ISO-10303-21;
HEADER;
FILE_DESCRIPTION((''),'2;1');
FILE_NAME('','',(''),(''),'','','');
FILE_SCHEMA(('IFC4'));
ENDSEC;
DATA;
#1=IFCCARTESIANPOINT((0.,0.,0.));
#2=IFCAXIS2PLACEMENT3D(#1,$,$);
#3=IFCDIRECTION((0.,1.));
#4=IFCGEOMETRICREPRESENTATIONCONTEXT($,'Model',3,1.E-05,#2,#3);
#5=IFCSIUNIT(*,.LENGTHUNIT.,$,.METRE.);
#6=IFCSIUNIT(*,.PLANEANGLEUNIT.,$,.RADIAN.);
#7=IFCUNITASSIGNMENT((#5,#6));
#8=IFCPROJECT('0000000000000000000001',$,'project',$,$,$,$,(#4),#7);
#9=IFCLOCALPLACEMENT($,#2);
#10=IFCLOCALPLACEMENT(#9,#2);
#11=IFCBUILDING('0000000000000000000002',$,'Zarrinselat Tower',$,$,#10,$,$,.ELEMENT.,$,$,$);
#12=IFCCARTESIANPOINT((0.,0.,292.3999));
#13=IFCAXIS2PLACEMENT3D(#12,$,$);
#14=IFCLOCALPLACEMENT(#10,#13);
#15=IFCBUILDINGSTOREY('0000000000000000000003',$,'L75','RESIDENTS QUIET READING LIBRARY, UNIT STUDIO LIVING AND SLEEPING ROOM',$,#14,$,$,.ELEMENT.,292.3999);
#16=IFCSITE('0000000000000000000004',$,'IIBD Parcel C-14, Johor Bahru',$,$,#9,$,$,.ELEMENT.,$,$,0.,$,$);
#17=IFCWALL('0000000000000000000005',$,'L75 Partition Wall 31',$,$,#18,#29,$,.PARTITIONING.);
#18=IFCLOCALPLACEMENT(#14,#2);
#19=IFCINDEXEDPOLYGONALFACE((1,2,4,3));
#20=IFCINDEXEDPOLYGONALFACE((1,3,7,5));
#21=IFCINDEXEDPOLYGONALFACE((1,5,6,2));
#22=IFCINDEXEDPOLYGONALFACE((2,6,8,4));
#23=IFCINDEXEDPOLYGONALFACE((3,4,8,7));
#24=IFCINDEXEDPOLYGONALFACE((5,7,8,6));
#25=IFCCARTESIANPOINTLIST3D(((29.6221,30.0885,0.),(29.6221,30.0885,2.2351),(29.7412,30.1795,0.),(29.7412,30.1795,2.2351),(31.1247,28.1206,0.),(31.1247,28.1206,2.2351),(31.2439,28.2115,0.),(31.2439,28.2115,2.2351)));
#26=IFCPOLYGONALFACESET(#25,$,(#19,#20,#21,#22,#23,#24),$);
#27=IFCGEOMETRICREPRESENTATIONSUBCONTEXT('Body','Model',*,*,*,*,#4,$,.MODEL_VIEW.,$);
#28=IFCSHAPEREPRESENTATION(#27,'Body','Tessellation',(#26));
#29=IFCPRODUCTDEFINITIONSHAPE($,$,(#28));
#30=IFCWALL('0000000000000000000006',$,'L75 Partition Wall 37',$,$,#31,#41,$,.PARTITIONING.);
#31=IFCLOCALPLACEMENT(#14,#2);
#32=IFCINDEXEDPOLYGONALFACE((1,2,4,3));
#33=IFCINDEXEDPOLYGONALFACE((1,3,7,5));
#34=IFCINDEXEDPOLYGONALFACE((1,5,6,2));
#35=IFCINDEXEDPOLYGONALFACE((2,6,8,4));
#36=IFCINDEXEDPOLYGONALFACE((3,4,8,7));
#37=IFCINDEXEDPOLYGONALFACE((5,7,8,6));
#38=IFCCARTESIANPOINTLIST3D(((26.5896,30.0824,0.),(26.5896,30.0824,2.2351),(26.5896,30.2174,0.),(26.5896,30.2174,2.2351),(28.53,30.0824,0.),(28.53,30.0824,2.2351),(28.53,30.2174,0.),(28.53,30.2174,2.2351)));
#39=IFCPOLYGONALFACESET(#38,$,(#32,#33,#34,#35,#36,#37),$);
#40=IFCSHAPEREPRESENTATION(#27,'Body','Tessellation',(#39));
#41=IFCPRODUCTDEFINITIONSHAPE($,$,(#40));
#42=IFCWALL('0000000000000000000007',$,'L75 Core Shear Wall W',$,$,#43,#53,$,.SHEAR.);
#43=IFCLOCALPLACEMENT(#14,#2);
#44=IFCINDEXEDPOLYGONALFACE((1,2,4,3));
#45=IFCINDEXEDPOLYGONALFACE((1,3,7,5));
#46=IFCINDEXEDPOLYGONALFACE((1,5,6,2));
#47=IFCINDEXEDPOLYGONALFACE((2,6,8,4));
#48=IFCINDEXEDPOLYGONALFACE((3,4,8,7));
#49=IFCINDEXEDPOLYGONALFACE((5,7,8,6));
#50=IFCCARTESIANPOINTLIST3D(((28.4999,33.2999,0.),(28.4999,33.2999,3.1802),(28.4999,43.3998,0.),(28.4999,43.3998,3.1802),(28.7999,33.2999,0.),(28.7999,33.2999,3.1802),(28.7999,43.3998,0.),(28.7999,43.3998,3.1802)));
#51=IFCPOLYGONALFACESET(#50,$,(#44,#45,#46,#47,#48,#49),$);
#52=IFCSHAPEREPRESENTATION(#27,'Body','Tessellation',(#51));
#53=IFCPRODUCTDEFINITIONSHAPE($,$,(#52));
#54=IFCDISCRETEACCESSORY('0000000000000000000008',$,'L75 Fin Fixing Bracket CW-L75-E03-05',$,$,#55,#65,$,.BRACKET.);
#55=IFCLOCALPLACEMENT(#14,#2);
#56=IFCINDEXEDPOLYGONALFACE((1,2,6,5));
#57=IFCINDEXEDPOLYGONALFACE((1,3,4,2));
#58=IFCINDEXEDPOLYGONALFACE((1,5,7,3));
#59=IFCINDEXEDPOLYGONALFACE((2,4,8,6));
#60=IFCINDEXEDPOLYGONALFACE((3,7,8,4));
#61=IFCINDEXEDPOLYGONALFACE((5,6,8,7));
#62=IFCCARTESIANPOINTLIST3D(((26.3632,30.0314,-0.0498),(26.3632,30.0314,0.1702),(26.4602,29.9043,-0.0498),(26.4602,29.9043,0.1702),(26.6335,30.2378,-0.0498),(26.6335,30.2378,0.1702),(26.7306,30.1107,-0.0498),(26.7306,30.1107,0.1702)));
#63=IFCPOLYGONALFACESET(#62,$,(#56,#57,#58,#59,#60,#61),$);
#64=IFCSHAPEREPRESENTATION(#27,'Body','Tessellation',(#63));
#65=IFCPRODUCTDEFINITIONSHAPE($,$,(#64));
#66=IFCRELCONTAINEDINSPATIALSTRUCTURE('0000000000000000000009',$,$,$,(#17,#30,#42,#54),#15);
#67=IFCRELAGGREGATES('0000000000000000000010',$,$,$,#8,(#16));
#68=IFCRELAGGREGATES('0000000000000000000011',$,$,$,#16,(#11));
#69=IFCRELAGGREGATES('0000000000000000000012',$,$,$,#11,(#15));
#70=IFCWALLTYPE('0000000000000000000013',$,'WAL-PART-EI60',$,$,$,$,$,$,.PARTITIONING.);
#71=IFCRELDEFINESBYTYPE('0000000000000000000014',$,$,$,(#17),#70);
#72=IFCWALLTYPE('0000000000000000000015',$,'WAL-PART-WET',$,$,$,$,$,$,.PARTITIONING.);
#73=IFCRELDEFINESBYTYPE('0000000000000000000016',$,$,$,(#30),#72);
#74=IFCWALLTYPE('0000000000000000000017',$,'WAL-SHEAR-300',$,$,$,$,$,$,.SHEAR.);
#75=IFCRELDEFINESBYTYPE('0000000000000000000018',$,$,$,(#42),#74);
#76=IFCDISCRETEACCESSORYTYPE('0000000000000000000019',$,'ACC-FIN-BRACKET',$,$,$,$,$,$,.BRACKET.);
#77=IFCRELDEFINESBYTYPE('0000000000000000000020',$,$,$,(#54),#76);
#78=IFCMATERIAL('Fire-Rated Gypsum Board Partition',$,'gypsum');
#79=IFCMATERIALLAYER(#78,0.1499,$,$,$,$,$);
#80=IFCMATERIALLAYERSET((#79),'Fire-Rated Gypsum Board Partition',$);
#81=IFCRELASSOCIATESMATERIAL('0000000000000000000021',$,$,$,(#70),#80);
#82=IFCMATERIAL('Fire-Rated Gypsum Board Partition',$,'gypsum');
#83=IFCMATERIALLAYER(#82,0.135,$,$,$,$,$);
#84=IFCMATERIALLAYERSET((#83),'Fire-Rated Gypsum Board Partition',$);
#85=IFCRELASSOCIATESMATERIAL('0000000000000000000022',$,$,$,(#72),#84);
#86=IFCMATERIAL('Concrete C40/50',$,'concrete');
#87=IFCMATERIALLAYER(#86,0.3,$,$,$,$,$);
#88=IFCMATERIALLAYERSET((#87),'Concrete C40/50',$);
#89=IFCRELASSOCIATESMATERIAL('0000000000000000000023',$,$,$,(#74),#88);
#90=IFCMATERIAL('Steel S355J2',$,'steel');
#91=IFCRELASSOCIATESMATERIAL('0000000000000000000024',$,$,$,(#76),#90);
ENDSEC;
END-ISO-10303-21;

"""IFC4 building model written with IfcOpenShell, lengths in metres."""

from ifc_helpers import new_model, si_unit, direction, frame, frame_2d, origin, origin_2d, place, context, subcontext, project, spatial, rectangle, extrude, material, layer, layer_set, type_object, element, save


model = new_model("IFC4")

# Units and contexts
model_context = context("Model", 3, precision=1e-05, world=origin(), true_north=direction((0.0, 1.0)))
body_context = subcontext(model_context, "Body", "Model", "MODEL_VIEW")
ifc_project = project(units=[si_unit("LENGTHUNIT", "METRE"), si_unit("PLANEANGLEUNIT", "RADIAN")], contexts=[model_context])

# Site, building, storey
site_placement = place(None, origin())
site = spatial("IfcSite", under=ifc_project, at=site_placement, Name="IIBD Parcel C-14, Johor Bahru", CompositionType="ELEMENT", RefElevation=0.0)
building_placement = place(site_placement, origin())
building = spatial("IfcBuilding", under=site, at=building_placement, Name="Zarrinselat Tower", CompositionType="ELEMENT")
storey_placement = place(building_placement, frame((0.0, 0.0, 292.3999)))
storey = spatial("IfcBuildingStorey", under=building, at=storey_placement, Name="L75", Description="RESIDENTS QUIET READING LIBRARY, UNIT STUDIO LIVING AND SLEEPING ROOM", CompositionType="ELEMENT", Elevation=292.3999)

# Shared definitions
ifc_material_1 = material(Name="Fire-Rated Gypsum Board Partition", Category="gypsum")
ifc_layer_1 = layer(ifc_material_1, 0.1499)
ifc_layer_set_1 = layer_set([ifc_layer_1], Name="Fire-Rated Gypsum Board Partition")
wall_type_1 = type_object("IfcWallType", Name="WAL-PART-EI60", PredefinedType="PARTITIONING", material=ifc_layer_set_1)

# Walls
wall_1_placement = place(storey_placement, frame((29.6816, 30.134, 0.0), z_axis=(0.0, 0.0, 1.0), x_axis=(0.606872, -0.7948, 0.0)))
element("IfcWall", 1, at=wall_1_placement, inside=storey, type_object=wall_type_1, Name="L75 Partition Wall 31", PredefinedType="PARTITIONING", context=body_context, shape_type="SweptSolid", body=[
    extrude(rectangle(XDim=2.4761, YDim=0.1499, at=frame_2d((1.238, 0.0))), origin(), (0.0, 0.0, 1.0), 2.2351),
])
ifc_material_2 = material(Name="Fire-Rated Gypsum Board Partition", Category="gypsum")
ifc_layer_2 = layer(ifc_material_2, 0.135)
ifc_layer_set_2 = layer_set([ifc_layer_2], Name="Fire-Rated Gypsum Board Partition")
wall_type_2 = type_object("IfcWallType", Name="WAL-PART-WET", PredefinedType="PARTITIONING", material=ifc_layer_set_2)
wall_2_placement = place(storey_placement, frame((26.5896, 30.1499, 0.0), z_axis=(0.0, 0.0, 1.0), x_axis=(1.0, 0.0, 0.0)))
element("IfcWall", 2, at=wall_2_placement, inside=storey, type_object=wall_type_2, Name="L75 Partition Wall 37", PredefinedType="PARTITIONING", context=body_context, shape_type="SweptSolid", body=[
    extrude(rectangle(XDim=1.9404, YDim=0.135, at=frame_2d((0.9702, 0.0))), origin(), (0.0, 0.0, 1.0), 2.2351),
])

# Shared definitions
ifc_material_3 = material(Name="Concrete C40/50", Category="concrete")
ifc_layer_3 = layer(ifc_material_3, 0.3)
ifc_layer_set_3 = layer_set([ifc_layer_3], Name="Concrete C40/50")
wall_type_3 = type_object("IfcWallType", Name="WAL-SHEAR-300", PredefinedType="SHEAR", material=ifc_layer_set_3)

# Wall
wall_3_placement = place(storey_placement, frame((28.6499, 33.3, 0.0), z_axis=(0.0, 0.0, 1.0), x_axis=(0.0, 1.0, 0.0)))
element("IfcWall", 3, at=wall_3_placement, inside=storey, type_object=wall_type_3, Name="L75 Core Shear Wall W", PredefinedType="SHEAR", context=body_context, shape_type="SweptSolid", body=[
    extrude(rectangle(XDim=10.0999, YDim=0.3, at=frame_2d((5.0498, 0.0))), origin(), (0.0, 0.0, 1.0), 3.1802),
])

# Discrete accessory
ifc_material_4 = material(Name="Steel S355J2", Category="steel")
discrete_accessory_type = type_object("IfcDiscreteAccessoryType", Name="ACC-FIN-BRACKET", PredefinedType="BRACKET", material=ifc_material_4)
discrete_accessory_placement = place(storey_placement, frame((26.5469, 30.071, -0.0498), z_axis=(0.0, 0.0, 1.0), x_axis=(-0.794853, -0.606802, 0.0)))
element("IfcDiscreteAccessory", 4, at=discrete_accessory_placement, inside=storey, type_object=discrete_accessory_type, Name="L75 Fin Fixing Bracket CW-L75-E03-05", PredefinedType="BRACKET", context=body_context, shape_type="SweptSolid", body=[
    extrude(rectangle(XDim=0.3401, YDim=0.1599, at=origin_2d()), origin(), (0.0, 0.0, 1.0), 0.22),
])

save(model, "model.ifc")
